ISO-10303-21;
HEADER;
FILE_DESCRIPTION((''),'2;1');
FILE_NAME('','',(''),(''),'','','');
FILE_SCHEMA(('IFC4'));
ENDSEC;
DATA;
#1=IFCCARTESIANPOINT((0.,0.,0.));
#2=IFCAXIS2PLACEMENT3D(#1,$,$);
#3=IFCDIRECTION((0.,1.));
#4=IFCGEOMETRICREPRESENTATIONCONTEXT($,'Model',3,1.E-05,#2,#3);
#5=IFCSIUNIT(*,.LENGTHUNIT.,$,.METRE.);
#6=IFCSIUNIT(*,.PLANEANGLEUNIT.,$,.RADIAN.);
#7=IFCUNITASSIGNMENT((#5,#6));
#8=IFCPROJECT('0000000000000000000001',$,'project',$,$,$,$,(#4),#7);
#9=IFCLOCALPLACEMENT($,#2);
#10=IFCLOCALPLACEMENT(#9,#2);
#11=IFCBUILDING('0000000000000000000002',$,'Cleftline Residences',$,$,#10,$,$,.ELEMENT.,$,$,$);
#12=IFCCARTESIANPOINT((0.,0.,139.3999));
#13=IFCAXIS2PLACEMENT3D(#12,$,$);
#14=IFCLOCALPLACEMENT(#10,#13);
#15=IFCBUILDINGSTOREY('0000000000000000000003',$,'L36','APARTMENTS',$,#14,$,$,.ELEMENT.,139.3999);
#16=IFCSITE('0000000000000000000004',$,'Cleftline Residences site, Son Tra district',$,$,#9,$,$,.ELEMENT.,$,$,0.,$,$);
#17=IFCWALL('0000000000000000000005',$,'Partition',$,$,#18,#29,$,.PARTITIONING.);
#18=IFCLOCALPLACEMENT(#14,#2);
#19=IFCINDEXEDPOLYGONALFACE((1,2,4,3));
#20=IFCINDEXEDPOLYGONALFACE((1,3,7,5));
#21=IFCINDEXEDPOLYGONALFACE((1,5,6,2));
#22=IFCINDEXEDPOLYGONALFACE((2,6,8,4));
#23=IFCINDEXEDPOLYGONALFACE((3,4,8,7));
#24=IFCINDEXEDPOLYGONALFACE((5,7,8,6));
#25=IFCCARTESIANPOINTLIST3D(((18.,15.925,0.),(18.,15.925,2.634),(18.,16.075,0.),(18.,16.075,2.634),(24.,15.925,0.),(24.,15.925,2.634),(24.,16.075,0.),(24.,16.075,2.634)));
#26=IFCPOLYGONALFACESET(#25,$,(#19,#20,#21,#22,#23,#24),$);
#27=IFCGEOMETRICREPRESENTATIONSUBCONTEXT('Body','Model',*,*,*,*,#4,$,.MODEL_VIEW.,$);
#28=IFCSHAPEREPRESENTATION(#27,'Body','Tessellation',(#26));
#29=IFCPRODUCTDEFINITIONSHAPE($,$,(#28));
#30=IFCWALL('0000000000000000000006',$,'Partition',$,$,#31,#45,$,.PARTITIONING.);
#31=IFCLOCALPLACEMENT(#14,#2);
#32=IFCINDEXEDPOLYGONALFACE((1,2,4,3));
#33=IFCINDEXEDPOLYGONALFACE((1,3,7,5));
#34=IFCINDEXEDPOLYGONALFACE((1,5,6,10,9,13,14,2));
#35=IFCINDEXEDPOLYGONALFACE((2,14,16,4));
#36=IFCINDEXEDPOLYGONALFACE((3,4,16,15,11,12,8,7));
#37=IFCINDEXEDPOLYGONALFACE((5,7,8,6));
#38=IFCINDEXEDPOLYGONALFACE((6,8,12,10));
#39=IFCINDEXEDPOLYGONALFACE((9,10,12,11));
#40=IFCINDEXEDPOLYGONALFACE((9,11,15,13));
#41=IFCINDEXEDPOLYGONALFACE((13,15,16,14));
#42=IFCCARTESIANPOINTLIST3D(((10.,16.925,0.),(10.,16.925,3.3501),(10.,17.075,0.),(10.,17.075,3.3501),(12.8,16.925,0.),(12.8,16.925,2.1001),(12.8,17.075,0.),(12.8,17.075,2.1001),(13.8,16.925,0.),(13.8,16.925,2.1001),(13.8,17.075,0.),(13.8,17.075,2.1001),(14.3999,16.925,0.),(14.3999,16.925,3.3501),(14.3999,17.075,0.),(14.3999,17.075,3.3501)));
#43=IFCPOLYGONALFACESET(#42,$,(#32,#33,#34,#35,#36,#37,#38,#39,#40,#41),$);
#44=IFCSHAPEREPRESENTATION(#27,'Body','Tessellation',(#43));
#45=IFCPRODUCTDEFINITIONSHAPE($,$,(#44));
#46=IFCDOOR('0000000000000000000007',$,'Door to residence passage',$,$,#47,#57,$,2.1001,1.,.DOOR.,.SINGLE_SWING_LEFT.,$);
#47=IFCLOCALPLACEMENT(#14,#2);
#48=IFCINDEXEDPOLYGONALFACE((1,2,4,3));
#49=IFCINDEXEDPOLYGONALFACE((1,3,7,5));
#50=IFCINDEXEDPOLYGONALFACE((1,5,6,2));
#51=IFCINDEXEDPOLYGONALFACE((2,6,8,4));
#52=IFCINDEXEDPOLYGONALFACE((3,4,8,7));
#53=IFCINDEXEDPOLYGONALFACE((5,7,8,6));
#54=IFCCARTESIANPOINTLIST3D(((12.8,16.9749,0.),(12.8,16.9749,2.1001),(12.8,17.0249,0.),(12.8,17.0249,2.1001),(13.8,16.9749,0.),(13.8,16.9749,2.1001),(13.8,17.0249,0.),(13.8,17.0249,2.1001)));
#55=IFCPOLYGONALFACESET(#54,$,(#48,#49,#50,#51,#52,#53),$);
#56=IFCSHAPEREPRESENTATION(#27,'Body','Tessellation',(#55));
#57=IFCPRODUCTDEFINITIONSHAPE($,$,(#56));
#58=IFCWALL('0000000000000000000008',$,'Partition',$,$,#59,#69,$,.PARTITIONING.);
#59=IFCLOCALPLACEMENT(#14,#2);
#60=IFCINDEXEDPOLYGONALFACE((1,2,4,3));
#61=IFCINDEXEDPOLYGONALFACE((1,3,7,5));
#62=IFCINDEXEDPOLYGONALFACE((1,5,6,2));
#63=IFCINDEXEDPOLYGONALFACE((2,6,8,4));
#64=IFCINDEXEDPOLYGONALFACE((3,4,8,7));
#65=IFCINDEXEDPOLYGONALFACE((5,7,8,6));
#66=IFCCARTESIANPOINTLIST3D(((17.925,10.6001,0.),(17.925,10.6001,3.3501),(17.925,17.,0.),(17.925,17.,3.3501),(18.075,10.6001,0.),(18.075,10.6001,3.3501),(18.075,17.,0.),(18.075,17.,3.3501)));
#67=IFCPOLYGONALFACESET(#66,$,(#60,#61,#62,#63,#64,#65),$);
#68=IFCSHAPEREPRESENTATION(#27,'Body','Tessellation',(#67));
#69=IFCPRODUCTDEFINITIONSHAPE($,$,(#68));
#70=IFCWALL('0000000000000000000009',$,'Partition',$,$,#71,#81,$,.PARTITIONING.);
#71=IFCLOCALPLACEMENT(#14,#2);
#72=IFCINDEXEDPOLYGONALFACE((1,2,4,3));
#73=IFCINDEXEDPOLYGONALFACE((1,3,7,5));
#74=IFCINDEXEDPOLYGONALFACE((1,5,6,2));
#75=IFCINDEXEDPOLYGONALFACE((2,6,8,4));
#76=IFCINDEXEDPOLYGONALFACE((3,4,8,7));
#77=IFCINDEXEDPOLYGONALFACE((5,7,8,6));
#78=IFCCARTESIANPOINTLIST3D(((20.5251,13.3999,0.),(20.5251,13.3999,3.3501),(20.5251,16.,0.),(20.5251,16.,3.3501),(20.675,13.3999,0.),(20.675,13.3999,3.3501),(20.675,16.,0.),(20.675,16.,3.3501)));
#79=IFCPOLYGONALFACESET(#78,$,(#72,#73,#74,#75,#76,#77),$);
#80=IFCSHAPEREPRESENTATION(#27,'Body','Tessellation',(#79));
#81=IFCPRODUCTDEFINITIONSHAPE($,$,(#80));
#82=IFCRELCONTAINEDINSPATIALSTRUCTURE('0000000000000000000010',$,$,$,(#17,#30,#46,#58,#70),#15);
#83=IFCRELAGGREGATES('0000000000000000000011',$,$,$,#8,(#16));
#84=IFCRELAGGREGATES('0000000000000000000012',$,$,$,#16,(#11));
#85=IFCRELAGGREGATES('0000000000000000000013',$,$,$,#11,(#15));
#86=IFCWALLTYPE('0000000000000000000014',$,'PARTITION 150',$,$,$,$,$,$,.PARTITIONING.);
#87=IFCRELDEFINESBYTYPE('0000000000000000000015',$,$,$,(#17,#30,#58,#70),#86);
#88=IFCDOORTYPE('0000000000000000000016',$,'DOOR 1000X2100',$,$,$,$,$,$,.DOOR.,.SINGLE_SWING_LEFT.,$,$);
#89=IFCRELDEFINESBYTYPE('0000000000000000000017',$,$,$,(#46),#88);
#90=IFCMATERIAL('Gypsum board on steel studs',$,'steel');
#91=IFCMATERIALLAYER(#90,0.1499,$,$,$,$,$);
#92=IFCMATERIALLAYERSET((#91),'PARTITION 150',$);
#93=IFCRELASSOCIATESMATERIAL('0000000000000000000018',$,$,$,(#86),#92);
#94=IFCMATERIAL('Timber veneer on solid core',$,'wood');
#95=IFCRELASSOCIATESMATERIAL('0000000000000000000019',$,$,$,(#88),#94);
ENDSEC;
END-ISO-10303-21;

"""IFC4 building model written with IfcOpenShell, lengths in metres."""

from ifc_helpers import new_model, si_unit, direction, frame, frame_2d, origin, place, context, subcontext, project, spatial, rectangle, extrude, material, layer, layer_set, type_object, element, fill, save


model = new_model("IFC4")

# Units and contexts
model_context = context("Model", 3, precision=1e-05, world=origin(), true_north=direction((0.0, 1.0)))
body_context = subcontext(model_context, "Body", "Model", "MODEL_VIEW")
ifc_project = project(units=[si_unit("LENGTHUNIT", "METRE"), si_unit("PLANEANGLEUNIT", "RADIAN")], contexts=[model_context])

# Site, building, storey
site_placement = place(None, origin())
site = spatial("IfcSite", under=ifc_project, at=site_placement, Name="Cleftline Residences site, Son Tra district", CompositionType="ELEMENT", RefElevation=0.0)
building_placement = place(site_placement, origin())
building = spatial("IfcBuilding", under=site, at=building_placement, Name="Cleftline Residences", CompositionType="ELEMENT")
storey_placement = place(building_placement, frame((0.0, 0.0, 139.3999)))
storey = spatial("IfcBuildingStorey", under=building, at=storey_placement, Name="L36", Description="APARTMENTS", CompositionType="ELEMENT", Elevation=139.3999)

# Shared definitions
ifc_material_1 = material(Name="Gypsum board on steel studs", Category="steel")
ifc_layer_1 = layer(ifc_material_1, 0.1499)
ifc_layer_set_1 = layer_set([ifc_layer_1], Name="PARTITION 150")
wall_type_1 = type_object("IfcWallType", Name="PARTITION 150", PredefinedType="PARTITIONING", material=ifc_layer_set_1)

# Wall
wall_1_placement = place(storey_placement, frame((18.0, 16.0, 0.0), z_axis=(0.0, 0.0, 1.0), x_axis=(1.0, 0.0, 0.0)))
element("IfcWall", 1, at=wall_1_placement, inside=storey, type_object=wall_type_1, Name="Partition", PredefinedType="PARTITIONING", context=body_context, shape_type="SweptSolid", body=[
    extrude(rectangle(XDim=6.0, YDim=0.1499, at=frame_2d((3.0, 0.0))), origin(), (0.0, 0.0, 1.0), 2.634),
])

# Wall, opening, door
wall_2_placement = place(storey_placement, frame((10.0, 17.0, 0.0), z_axis=(0.0, 0.0, 1.0), x_axis=(1.0, 0.0, 0.0)))
wall_2 = element("IfcWall", 2, at=wall_2_placement, inside=storey, type_object=wall_type_1, Name="Partition", PredefinedType="PARTITIONING", context=body_context, shape_type="SweptSolid", body=[
    extrude(rectangle(XDim=4.3999, YDim=0.1499, at=frame_2d((2.2, 0.0))), origin(), (0.0, 0.0, 1.0), 3.3501),
])
opening_1_placement = place(wall_2_placement, frame((2.8, 0.0, 0.0)))
opening_1 = element("IfcOpeningElement", 3, at=opening_1_placement, cuts=wall_2, PredefinedType="OPENING", context=body_context, shape_type="SweptSolid", body=[
    extrude(rectangle(XDim=1.0, YDim=2.1001, at=frame_2d((0.5, 1.05))), frame((0.0, 0.085, 0.0), z_axis=(0.0, -1.0, 0.0), x_axis=(1.0, 0.0, 0.0)), (0.0, 0.0, 1.0), 0.1699),
])
ifc_material_2 = material(Name="Timber veneer on solid core", Category="wood")
door_type_1 = type_object("IfcDoorType", Name="DOOR 1000X2100", OperationType="SINGLE_SWING_LEFT", PredefinedType="DOOR", material=ifc_material_2)
door_1_placement = place(opening_1_placement, origin())
door_1 = element("IfcDoor", 4, at=door_1_placement, inside=storey, type_object=door_type_1, Name="Door to residence passage", OperationType="SINGLE_SWING_LEFT", OverallHeight=2.1001, OverallWidth=1.0, PredefinedType="DOOR", context=body_context, shape_type="SweptSolid", body=[
    extrude(rectangle(XDim=1.0, YDim=2.1001, at=frame_2d((0.5, 1.05))), frame((0.0, 0.0249, 0.0), z_axis=(0.0, -1.0, 0.0), x_axis=(1.0, 0.0, 0.0)), (0.0, 0.0, 1.0), 0.05),
])
fill(opening_1, door_1)

# Walls
wall_3_placement = place(storey_placement, frame((18.0, 10.6001, 0.0), z_axis=(0.0, 0.0, 1.0), x_axis=(0.0, 1.0, 0.0)))
element("IfcWall", 5, at=wall_3_placement, inside=storey, type_object=wall_type_1, Name="Partition", PredefinedType="PARTITIONING", context=body_context, shape_type="SweptSolid", body=[
    extrude(rectangle(XDim=6.3999, YDim=0.1499, at=frame_2d((3.2, 0.0))), origin(), (0.0, 0.0, 1.0), 3.3501),
])
wall_4_placement = place(storey_placement, frame((20.6001, 13.3999, 0.0), z_axis=(0.0, 0.0, 1.0), x_axis=(0.0, 1.0, 0.0)))
element("IfcWall", 6, at=wall_4_placement, inside=storey, type_object=wall_type_1, Name="Partition", PredefinedType="PARTITIONING", context=body_context, shape_type="SweptSolid", body=[
    extrude(rectangle(XDim=2.6001, YDim=0.1499, at=frame_2d((1.3, 0.0))), origin(), (0.0, 0.0, 1.0), 3.3501),
])

save(model, "model.ifc")
